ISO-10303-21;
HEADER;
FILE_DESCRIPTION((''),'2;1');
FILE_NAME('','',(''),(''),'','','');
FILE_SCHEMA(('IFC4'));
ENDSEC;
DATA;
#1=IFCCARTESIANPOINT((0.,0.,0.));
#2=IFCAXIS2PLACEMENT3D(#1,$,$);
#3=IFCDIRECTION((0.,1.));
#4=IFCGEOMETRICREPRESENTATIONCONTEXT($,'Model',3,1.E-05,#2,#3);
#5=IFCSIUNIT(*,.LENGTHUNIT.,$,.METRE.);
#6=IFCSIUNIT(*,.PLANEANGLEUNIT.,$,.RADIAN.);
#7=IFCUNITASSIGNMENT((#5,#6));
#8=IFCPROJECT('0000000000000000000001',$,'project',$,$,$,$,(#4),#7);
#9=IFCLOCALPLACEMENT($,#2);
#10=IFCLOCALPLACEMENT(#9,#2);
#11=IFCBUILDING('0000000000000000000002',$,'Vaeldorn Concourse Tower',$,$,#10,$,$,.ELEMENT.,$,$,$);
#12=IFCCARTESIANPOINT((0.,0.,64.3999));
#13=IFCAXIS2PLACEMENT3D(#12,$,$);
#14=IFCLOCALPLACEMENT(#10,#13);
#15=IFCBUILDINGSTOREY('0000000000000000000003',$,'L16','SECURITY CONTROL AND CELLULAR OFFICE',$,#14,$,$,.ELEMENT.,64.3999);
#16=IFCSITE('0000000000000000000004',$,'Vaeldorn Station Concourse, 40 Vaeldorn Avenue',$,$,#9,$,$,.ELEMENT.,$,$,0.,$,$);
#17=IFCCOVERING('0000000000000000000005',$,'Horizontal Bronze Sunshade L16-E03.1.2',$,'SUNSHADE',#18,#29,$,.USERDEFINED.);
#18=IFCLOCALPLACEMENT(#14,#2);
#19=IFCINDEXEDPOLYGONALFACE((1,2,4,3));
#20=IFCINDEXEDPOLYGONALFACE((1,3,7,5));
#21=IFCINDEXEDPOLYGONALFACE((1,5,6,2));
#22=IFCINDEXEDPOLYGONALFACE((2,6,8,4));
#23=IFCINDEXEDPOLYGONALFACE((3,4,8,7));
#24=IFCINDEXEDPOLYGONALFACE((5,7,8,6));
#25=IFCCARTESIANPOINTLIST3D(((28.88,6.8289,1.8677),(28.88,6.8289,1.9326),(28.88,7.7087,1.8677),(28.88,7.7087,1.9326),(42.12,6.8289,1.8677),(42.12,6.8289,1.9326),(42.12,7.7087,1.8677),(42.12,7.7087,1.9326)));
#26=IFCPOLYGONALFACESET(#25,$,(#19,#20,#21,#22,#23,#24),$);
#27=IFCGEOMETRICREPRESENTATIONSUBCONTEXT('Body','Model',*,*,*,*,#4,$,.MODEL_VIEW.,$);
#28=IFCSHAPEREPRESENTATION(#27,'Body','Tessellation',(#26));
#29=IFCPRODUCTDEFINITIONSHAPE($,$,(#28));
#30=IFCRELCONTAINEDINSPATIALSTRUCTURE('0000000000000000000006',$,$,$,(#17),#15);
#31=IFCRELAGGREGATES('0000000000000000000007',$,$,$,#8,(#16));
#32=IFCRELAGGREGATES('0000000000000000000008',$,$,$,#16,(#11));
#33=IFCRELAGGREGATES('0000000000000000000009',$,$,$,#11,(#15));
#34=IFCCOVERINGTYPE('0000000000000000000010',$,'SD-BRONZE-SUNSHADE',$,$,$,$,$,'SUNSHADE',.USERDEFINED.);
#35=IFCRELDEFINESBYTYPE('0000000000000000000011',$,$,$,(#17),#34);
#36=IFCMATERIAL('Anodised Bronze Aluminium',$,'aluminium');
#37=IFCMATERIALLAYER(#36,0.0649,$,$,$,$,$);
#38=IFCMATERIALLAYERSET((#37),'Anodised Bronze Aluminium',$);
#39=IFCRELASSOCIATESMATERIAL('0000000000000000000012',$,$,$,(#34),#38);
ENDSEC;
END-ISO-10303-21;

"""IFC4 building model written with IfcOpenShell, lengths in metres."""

from ifc_helpers import new_model, si_unit, direction, frame, origin, origin_2d, place, context, subcontext, project, spatial, rectangle, extrude, source, transform, mapped, material, layer, layer_set, type_object, element, save


model = new_model("IFC4")

# Units and contexts
model_context = context("Model", 3, precision=1e-05, world=origin(), true_north=direction((0.0, 1.0)))
body_context = subcontext(model_context, "Body", "Model", "MODEL_VIEW")
ifc_project = project(units=[si_unit("LENGTHUNIT", "METRE"), si_unit("PLANEANGLEUNIT", "RADIAN")], contexts=[model_context])

# Site, building, storey
site_placement = place(None, origin())
site = spatial("IfcSite", under=ifc_project, at=site_placement, Name="Vaeldorn Station Concourse, 40 Vaeldorn Avenue", CompositionType="ELEMENT", RefElevation=0.0)
building_placement = place(site_placement, origin())
building = spatial("IfcBuilding", under=site, at=building_placement, Name="Vaeldorn Concourse Tower", CompositionType="ELEMENT")
storey_placement = place(building_placement, frame((0.0, 0.0, 64.3999)))
storey = spatial("IfcBuildingStorey", under=building, at=storey_placement, Name="L16", Description="SECURITY CONTROL AND CELLULAR OFFICE", CompositionType="ELEMENT", Elevation=64.3999)

# Shared definitions
ifc_material_1 = material(Name="Anodised Bronze Aluminium", Category="aluminium")

# Covering
ifc_layer_1 = layer(ifc_material_1, 0.0649)
ifc_layer_set_1 = layer_set([ifc_layer_1], Name="Anodised Bronze Aluminium")
covering_type = type_object("IfcCoveringType", Name="SD-BRONZE-SUNSHADE", ElementType="SUNSHADE", PredefinedType="USERDEFINED", material=ifc_layer_set_1)
shared_shape_1 = source(origin(), body_context, "Body", "SweptSolid", [
    extrude(rectangle(XDim=13.24, YDim=0.8799, at=origin_2d()), origin(), (0.0, 0.0, 1.0), 0.0649),
])
for number, where, z_axis, x_axis, name in (
    (1, (35.5, 7.2688, 1.8677), (0.0, 0.0, 1.0), (1.0, 0.0, 0.0), "Horizontal Bronze Sunshade L16-E03.1.2"),
):
    element("IfcCovering", number, at=place(storey_placement, frame(where, z_axis=z_axis, x_axis=x_axis)), inside=storey, type_object=covering_type, Name=name, ObjectType="SUNSHADE", PredefinedType="USERDEFINED", context=body_context, shape_type="MappedRepresentation", body=[
        mapped(shared_shape_1, transform((0.0, 0.0, 0.0), scale=1.0)),
    ])

save(model, "model.ifc")
